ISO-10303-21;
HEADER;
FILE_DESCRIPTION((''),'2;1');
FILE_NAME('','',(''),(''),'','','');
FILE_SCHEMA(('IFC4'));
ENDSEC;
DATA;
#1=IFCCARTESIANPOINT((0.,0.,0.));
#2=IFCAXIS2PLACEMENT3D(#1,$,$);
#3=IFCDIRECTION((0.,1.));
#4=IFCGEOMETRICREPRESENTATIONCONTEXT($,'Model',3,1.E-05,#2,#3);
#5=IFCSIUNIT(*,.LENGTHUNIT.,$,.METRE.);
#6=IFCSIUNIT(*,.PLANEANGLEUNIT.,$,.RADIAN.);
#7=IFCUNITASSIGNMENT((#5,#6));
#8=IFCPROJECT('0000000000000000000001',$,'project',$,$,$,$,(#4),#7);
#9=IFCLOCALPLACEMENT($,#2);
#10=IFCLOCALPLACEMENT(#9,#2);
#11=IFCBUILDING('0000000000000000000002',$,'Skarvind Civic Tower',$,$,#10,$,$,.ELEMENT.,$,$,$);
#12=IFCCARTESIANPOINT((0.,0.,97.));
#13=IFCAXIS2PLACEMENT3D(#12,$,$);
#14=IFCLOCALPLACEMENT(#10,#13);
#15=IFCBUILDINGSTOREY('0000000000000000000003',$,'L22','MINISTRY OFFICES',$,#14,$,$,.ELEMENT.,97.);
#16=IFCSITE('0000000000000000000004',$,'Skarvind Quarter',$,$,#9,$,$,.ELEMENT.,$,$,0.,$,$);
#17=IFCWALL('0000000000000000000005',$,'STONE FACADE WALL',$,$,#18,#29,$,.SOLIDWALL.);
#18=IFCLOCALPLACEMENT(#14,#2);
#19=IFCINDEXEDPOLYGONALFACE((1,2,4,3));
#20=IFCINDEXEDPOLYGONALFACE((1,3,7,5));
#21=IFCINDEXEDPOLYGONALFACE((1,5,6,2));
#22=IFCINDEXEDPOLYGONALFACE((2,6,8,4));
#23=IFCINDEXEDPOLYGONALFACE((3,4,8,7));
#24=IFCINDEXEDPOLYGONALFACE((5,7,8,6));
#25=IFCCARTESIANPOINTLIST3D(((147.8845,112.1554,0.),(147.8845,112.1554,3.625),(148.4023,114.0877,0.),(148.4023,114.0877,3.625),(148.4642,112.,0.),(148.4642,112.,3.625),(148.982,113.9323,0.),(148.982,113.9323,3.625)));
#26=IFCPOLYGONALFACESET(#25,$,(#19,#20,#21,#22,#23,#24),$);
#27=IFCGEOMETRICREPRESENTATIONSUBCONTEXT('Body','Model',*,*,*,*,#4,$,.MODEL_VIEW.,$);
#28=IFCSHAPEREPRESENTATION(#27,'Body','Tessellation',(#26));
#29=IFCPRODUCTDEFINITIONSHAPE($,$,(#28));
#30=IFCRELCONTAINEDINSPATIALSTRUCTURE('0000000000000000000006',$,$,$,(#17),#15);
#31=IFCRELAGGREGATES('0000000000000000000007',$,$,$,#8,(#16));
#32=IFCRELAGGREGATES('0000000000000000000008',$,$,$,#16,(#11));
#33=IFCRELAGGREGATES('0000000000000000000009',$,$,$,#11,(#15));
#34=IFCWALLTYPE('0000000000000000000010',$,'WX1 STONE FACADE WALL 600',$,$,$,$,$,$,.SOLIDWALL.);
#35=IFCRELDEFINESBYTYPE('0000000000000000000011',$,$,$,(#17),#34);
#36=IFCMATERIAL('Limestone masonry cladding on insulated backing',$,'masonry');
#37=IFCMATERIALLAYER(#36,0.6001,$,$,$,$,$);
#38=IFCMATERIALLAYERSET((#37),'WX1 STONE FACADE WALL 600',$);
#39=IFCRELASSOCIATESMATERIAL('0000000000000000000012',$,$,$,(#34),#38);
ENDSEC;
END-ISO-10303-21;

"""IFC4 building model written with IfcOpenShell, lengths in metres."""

from ifc_helpers import new_model, si_unit, direction, frame, frame_2d, origin, place, context, subcontext, project, spatial, rectangle, extrude, material, layer, layer_set, type_object, element, save


model = new_model("IFC4")

# Units and contexts
model_context = context("Model", 3, precision=1e-05, world=origin(), true_north=direction((0.0, 1.0)))
body_context = subcontext(model_context, "Body", "Model", "MODEL_VIEW")
ifc_project = project(units=[si_unit("LENGTHUNIT", "METRE"), si_unit("PLANEANGLEUNIT", "RADIAN")], contexts=[model_context])

# Site, building, storey
site_placement = place(None, origin())
site = spatial("IfcSite", under=ifc_project, at=site_placement, Name="Skarvind Quarter", CompositionType="ELEMENT", RefElevation=0.0)
building_placement = place(site_placement, origin())
building = spatial("IfcBuilding", under=site, at=building_placement, Name="Skarvind Civic Tower", CompositionType="ELEMENT")
storey_placement = place(building_placement, frame((0.0, 0.0, 97.0)))
storey = spatial("IfcBuildingStorey", under=building, at=storey_placement, Name="L22", Description="MINISTRY OFFICES", CompositionType="ELEMENT", Elevation=97.0)

# Shared definitions
ifc_material_1 = material(Name="Limestone masonry cladding on insulated backing", Category="masonry")
ifc_layer_1 = layer(ifc_material_1, 0.6001)
ifc_layer_set_1 = layer_set([ifc_layer_1], Name="WX1 STONE FACADE WALL 600")
wall_type_1 = type_object("IfcWallType", Name="WX1 STONE FACADE WALL 600", PredefinedType="SOLIDWALL", material=ifc_layer_set_1)

# Wall
wall_1_placement = place(storey_placement, frame((148.6921, 114.01, 0.0), z_axis=(0.0, 0.0, 1.0), x_axis=(-0.25884, -0.96592, 0.0)))
element("IfcWall", 1, at=wall_1_placement, inside=storey, type_object=wall_type_1, Name="STONE FACADE WALL", PredefinedType="SOLIDWALL", context=body_context, shape_type="SweptSolid", body=[
    extrude(rectangle(XDim=2.0005, YDim=0.6001, at=frame_2d((1.0002, 0.0))), origin(), (0.0, 0.0, 1.0), 3.625),
])

save(model, "model.ifc")
